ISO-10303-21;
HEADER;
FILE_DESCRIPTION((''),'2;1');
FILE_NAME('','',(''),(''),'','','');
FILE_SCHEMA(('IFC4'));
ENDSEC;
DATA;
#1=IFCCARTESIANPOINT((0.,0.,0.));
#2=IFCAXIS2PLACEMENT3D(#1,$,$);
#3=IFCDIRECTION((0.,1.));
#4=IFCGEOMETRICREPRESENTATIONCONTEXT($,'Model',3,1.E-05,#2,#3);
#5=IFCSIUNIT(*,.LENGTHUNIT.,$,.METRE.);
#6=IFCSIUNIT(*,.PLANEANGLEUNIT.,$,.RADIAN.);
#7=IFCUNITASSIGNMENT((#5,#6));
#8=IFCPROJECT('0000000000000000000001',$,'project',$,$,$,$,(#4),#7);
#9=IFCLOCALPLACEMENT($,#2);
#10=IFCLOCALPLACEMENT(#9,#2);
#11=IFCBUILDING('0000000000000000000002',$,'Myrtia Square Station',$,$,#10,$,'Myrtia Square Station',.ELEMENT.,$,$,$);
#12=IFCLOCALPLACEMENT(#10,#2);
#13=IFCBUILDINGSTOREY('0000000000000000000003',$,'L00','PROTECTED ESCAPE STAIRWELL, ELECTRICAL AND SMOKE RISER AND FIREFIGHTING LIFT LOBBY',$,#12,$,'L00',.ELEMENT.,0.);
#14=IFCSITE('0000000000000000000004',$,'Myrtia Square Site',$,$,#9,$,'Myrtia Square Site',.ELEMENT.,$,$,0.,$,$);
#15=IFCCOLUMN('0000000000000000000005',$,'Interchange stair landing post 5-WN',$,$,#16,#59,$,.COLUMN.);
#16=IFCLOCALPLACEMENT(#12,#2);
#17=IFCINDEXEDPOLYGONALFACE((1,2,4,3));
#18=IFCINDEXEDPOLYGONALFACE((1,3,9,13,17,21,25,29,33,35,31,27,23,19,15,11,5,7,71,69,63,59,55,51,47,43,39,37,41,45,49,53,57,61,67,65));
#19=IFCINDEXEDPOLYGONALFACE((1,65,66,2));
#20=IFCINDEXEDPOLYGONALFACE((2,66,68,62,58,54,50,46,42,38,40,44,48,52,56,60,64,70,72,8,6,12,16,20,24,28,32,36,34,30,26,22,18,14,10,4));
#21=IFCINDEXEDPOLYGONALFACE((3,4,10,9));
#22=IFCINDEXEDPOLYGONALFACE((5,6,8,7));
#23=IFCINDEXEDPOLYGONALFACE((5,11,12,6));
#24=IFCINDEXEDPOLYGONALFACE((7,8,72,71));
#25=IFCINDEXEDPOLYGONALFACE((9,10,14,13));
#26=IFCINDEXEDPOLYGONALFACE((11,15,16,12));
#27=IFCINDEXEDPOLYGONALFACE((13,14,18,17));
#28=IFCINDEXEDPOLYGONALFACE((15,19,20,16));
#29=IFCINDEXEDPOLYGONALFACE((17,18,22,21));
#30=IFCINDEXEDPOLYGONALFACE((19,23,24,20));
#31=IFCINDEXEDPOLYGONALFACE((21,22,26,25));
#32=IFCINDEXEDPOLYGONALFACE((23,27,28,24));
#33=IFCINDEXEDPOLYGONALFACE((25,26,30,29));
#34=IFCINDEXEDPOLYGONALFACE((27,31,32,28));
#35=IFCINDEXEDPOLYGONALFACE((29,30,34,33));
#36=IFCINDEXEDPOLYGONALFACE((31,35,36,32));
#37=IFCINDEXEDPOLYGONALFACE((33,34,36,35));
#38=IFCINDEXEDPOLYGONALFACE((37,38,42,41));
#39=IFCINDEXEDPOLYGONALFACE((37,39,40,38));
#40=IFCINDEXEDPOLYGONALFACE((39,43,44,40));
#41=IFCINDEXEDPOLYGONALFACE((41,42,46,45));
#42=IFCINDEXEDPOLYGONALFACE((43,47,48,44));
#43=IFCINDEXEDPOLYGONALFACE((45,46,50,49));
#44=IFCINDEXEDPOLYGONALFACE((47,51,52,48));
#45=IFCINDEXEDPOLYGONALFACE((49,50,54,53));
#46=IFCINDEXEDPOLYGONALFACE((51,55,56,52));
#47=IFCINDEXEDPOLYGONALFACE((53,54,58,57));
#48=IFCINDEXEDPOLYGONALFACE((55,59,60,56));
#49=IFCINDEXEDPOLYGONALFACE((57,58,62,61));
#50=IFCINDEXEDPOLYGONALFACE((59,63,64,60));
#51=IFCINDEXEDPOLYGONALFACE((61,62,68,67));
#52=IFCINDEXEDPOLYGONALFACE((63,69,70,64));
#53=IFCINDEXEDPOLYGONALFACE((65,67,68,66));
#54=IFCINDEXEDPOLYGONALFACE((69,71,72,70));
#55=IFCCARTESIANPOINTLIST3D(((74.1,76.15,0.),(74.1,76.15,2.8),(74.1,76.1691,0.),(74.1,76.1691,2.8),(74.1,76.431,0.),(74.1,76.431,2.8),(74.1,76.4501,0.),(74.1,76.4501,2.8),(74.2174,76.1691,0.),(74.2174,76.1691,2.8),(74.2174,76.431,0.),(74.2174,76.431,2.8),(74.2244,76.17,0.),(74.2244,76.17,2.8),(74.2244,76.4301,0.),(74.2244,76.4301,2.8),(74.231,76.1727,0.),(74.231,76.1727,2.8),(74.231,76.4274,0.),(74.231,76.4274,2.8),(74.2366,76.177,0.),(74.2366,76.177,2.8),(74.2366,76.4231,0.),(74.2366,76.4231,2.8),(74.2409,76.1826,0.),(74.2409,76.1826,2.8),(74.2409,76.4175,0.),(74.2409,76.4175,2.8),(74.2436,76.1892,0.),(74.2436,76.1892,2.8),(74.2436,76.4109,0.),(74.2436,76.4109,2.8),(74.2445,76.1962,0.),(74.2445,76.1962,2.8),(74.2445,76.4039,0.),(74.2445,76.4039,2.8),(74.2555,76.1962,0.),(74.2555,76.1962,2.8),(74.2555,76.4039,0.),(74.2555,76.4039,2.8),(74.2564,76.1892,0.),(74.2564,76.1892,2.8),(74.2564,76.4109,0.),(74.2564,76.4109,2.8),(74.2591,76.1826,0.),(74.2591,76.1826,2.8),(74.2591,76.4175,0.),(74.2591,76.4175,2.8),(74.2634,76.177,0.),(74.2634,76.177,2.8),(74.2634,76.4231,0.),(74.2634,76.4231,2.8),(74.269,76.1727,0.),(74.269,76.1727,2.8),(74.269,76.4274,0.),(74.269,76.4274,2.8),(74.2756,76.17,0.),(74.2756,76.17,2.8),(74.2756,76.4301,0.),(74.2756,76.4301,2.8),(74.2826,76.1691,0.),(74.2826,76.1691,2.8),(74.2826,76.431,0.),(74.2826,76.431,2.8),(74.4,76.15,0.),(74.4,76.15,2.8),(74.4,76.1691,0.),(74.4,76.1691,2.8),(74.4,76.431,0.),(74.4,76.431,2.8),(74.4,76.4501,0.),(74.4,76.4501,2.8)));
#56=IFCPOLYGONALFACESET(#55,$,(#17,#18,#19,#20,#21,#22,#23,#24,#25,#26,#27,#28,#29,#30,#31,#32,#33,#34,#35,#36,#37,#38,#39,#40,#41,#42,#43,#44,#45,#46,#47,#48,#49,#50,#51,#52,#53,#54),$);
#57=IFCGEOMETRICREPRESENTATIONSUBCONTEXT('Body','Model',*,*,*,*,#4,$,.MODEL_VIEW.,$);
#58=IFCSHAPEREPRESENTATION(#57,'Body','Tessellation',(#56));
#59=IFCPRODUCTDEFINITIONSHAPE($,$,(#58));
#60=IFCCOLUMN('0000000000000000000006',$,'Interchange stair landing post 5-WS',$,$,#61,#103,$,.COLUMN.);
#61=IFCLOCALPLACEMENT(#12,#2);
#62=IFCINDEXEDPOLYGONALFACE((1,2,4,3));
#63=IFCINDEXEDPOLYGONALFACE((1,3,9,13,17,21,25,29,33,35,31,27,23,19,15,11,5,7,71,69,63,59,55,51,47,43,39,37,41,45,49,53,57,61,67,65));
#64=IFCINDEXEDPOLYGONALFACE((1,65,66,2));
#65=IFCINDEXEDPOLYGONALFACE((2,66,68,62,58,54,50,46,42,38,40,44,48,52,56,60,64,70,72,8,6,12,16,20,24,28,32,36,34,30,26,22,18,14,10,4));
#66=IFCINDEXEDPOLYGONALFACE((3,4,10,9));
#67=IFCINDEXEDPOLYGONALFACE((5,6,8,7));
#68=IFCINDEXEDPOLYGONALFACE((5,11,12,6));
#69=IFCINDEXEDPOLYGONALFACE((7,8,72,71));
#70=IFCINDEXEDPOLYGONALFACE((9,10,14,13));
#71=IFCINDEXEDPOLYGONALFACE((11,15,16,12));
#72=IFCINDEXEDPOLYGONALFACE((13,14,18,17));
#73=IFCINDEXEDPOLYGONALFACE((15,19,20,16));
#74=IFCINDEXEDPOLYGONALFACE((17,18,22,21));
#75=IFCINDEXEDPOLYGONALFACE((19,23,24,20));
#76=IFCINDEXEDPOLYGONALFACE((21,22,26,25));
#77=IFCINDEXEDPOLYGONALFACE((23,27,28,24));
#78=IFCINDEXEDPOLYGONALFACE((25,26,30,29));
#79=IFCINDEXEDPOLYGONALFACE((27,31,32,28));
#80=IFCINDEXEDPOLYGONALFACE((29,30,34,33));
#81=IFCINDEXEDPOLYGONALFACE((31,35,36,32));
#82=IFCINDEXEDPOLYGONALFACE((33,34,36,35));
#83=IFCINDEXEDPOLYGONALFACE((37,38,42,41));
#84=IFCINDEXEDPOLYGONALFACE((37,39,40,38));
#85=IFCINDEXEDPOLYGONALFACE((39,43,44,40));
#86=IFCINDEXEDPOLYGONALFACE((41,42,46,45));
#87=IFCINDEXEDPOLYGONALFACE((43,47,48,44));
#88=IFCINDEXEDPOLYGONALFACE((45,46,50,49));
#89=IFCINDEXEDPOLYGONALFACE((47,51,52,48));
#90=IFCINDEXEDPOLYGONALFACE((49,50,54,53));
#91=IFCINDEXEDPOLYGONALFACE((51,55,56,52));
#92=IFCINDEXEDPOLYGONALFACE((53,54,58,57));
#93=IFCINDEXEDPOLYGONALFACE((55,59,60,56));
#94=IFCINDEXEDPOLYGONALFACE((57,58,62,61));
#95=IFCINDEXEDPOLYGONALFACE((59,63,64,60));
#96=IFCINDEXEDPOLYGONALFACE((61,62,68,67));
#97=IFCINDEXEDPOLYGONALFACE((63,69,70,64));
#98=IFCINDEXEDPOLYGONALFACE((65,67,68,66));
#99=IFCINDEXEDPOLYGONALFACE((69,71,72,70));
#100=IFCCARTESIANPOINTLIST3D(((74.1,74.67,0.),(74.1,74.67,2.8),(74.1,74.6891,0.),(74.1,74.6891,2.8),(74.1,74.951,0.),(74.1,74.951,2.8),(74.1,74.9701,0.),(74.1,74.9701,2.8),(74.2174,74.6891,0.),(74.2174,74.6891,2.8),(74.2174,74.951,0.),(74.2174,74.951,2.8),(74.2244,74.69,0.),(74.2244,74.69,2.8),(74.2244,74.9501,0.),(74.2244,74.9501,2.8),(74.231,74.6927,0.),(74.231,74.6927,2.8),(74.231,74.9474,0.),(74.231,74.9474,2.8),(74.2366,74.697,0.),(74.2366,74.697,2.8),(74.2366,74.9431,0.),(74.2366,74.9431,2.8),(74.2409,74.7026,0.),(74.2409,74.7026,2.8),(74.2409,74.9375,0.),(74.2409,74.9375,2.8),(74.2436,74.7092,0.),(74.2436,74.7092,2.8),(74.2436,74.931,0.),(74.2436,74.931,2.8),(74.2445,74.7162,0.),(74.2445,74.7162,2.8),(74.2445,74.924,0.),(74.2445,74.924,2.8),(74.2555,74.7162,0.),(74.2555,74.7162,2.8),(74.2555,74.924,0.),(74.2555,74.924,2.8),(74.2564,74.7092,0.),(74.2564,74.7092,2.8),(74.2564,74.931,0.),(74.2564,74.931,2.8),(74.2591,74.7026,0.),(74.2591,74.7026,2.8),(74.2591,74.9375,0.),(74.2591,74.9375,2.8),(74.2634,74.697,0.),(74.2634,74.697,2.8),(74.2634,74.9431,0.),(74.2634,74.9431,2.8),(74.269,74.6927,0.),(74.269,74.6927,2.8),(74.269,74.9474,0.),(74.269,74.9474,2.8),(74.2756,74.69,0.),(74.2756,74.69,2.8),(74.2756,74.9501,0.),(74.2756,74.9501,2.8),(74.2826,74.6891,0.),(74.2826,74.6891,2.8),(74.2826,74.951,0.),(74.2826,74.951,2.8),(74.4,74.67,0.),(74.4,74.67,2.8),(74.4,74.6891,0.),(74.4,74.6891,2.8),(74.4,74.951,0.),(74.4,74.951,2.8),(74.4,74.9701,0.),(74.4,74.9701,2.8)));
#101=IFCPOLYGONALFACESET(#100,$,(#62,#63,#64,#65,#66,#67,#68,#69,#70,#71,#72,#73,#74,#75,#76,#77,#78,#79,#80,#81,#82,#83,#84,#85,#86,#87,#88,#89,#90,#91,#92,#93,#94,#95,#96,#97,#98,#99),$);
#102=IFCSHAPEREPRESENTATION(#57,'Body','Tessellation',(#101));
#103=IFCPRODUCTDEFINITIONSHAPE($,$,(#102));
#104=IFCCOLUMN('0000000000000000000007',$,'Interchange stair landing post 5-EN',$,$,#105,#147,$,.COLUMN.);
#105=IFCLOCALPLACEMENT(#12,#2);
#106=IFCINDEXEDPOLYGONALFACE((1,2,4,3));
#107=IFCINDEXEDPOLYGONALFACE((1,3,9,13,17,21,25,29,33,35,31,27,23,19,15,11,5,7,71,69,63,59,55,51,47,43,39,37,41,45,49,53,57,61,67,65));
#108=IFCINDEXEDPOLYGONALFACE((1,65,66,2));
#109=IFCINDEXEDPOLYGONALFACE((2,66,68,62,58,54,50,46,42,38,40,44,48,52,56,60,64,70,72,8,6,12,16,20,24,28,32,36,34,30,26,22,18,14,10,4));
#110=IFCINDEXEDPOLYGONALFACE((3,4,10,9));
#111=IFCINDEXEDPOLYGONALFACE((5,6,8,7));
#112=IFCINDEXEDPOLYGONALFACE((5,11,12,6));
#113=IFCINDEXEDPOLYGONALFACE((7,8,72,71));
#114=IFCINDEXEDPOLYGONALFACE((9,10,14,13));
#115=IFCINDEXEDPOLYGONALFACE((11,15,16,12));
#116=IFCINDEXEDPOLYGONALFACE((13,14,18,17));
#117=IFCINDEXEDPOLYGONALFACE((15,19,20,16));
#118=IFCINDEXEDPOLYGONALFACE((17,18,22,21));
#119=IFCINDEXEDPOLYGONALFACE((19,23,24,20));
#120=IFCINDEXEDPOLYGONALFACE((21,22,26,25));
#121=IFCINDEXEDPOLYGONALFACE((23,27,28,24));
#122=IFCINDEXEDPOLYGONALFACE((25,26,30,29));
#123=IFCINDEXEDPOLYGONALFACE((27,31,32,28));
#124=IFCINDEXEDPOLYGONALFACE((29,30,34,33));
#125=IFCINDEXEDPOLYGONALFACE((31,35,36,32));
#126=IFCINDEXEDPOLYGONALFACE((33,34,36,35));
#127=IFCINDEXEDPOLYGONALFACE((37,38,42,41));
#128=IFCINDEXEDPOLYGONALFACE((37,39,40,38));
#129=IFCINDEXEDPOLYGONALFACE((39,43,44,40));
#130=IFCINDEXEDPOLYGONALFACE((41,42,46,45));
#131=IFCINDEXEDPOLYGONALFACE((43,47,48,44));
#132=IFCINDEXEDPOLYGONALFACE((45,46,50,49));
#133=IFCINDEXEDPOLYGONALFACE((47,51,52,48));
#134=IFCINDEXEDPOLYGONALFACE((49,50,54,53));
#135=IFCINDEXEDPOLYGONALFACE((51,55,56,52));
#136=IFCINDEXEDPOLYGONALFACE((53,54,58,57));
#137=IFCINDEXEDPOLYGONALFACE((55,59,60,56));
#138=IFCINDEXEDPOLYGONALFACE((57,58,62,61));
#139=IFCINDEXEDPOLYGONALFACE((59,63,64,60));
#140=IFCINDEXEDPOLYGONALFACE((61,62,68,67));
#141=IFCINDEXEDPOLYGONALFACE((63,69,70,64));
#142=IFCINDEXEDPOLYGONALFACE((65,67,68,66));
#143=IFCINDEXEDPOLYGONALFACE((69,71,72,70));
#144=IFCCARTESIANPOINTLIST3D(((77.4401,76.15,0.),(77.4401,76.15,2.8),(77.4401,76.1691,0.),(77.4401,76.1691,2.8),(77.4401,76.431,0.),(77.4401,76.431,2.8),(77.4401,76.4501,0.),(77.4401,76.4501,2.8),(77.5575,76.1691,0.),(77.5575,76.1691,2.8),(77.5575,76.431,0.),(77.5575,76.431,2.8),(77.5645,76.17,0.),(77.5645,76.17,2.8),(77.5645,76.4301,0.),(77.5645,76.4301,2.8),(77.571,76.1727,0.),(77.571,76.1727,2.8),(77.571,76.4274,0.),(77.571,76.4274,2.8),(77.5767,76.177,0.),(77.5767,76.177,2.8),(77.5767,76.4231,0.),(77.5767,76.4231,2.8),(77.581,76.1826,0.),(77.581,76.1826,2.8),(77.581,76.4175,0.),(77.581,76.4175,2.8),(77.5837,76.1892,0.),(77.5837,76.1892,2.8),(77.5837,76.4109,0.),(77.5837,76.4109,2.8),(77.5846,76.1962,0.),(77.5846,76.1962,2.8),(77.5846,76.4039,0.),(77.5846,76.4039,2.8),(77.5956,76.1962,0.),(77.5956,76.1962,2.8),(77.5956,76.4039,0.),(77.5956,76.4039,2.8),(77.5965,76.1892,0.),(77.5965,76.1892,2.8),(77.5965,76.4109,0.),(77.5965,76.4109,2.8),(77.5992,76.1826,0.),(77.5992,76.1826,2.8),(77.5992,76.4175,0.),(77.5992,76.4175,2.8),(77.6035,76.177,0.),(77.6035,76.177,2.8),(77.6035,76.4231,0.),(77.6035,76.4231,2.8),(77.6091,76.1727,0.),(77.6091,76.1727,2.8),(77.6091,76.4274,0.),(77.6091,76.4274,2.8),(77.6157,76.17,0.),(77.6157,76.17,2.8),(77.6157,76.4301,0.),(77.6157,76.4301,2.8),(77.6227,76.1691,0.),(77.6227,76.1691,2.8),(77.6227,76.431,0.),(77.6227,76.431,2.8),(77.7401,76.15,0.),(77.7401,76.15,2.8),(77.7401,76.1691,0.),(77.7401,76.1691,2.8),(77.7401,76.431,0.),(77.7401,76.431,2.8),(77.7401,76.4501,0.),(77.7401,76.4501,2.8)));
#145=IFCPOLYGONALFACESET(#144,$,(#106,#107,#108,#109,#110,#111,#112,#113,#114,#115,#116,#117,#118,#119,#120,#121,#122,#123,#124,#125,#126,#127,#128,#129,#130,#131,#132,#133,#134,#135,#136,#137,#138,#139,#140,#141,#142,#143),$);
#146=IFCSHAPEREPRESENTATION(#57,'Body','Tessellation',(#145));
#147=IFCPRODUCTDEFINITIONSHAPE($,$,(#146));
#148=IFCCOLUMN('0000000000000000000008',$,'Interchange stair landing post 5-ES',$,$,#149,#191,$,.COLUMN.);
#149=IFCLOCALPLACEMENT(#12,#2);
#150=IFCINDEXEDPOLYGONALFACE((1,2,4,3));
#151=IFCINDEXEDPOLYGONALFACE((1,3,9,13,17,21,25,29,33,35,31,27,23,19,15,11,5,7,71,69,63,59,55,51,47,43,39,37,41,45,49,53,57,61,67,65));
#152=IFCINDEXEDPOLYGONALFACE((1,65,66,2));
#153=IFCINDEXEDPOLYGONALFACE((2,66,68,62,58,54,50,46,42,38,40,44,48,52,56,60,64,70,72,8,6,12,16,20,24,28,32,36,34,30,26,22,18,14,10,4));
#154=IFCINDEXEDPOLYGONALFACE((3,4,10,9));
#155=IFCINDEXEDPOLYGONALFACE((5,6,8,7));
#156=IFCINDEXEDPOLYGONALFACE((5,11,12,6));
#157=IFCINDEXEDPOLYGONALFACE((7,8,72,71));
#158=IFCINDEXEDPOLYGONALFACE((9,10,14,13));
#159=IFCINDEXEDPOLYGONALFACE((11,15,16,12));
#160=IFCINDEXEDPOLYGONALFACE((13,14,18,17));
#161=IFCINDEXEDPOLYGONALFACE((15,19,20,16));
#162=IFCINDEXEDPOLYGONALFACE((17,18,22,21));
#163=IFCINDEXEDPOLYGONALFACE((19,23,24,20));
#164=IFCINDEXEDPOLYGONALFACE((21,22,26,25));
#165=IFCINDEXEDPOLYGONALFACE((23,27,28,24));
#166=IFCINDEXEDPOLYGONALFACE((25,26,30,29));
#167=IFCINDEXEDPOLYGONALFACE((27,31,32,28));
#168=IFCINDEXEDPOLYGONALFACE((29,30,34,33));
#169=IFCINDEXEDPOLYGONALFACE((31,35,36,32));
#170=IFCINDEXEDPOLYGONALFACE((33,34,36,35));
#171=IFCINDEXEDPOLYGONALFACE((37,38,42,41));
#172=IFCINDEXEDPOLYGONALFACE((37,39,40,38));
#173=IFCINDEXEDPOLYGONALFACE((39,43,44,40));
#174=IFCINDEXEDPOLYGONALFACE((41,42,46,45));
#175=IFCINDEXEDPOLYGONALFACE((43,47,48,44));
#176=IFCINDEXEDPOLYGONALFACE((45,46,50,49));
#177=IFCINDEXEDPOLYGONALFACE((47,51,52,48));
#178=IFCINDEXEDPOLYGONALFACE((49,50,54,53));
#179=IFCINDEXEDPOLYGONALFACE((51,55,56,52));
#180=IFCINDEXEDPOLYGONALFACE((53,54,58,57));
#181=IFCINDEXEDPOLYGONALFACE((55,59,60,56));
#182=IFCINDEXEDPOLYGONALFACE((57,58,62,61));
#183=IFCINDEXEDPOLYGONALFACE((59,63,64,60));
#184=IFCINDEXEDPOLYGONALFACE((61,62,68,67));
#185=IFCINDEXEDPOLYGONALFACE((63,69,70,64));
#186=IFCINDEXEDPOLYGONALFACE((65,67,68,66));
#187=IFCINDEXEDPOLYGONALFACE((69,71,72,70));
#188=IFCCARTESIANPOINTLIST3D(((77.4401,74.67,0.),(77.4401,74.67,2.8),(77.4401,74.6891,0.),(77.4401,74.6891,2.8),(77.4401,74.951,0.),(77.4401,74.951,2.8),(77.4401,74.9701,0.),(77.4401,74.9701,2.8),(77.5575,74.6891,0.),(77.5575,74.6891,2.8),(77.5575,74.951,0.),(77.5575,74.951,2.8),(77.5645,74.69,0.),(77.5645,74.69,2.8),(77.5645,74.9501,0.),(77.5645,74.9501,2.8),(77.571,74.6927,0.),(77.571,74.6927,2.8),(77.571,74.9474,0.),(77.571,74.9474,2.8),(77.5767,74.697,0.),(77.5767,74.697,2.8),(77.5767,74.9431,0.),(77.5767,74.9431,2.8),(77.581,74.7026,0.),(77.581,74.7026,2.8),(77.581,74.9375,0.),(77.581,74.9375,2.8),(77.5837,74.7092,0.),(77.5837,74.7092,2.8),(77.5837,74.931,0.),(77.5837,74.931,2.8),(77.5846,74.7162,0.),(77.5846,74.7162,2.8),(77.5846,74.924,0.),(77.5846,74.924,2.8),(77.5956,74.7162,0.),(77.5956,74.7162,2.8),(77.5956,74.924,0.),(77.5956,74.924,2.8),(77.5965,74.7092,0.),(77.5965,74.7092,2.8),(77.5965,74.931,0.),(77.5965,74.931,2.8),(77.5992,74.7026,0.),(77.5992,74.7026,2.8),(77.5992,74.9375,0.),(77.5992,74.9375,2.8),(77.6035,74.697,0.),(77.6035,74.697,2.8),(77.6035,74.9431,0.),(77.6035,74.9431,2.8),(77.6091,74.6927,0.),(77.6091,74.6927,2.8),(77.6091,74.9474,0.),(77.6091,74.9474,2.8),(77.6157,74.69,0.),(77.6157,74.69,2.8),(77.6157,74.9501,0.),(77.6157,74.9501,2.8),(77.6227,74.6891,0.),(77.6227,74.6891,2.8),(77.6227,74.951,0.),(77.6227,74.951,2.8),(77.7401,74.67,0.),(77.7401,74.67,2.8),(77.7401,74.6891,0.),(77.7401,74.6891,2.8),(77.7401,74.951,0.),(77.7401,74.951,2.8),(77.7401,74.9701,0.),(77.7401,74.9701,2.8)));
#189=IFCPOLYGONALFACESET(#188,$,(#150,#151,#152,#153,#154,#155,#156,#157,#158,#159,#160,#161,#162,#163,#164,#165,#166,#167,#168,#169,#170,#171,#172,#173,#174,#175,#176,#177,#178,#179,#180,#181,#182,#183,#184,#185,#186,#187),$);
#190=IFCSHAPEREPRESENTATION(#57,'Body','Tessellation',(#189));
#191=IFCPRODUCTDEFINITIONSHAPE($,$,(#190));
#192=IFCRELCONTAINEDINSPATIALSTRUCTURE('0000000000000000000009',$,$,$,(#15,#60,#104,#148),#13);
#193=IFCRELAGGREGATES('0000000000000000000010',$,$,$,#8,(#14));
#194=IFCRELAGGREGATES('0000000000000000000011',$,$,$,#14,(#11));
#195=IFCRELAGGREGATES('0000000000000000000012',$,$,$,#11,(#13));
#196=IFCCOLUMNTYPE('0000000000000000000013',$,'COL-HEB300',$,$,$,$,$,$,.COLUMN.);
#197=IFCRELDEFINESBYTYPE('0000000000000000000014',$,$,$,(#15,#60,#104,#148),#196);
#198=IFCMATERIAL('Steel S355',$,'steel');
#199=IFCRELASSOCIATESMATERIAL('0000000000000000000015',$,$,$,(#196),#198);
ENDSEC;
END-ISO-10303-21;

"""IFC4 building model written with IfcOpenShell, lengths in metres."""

from ifc_helpers import new_model, si_unit, direction, frame, origin, origin_2d, place, context, subcontext, project, spatial, i_section, extrude, material, material_profile, profile_set, type_object, element, save


model = new_model("IFC4")

# Units and contexts
model_context = context("Model", 3, precision=1e-05, world=origin(), true_north=direction((0.0, 1.0)))
body_context = subcontext(model_context, "Body", "Model", "MODEL_VIEW")
ifc_project = project(units=[si_unit("LENGTHUNIT", "METRE"), si_unit("PLANEANGLEUNIT", "RADIAN")], contexts=[model_context])

# Site, building, storey
site_placement = place(None, origin())
site = spatial("IfcSite", under=ifc_project, at=site_placement, Name="Myrtia Square Site", LongName="Myrtia Square Site", CompositionType="ELEMENT", RefElevation=0.0)
building_placement = place(site_placement, origin())
building = spatial("IfcBuilding", under=site, at=building_placement, Name="Myrtia Square Station", LongName="Myrtia Square Station", CompositionType="ELEMENT")
storey_placement = place(building_placement, origin())
storey = spatial("IfcBuildingStorey", under=building, at=storey_placement, Name="L00", Description="PROTECTED ESCAPE STAIRWELL, ELECTRICAL AND SMOKE RISER AND FIREFIGHTING LIFT LOBBY", LongName="L00", CompositionType="ELEMENT", Elevation=0.0)

# Columns
ifc_material_1 = material(Name="Steel S355", Category="steel")
ifc_material_profile_1 = material_profile(ifc_material_1, i_section(OverallWidth=0.3, OverallDepth=0.3, WebThickness=0.011, FlangeThickness=0.019, FilletRadius=0.0271, at=origin_2d()), Name="HEB 300")
ifc_profile_set_1 = profile_set([ifc_material_profile_1], Name="Steel S355")
column_type_1 = type_object("IfcColumnType", Name="COL-HEB300", PredefinedType="COLUMN", material=ifc_profile_set_1)
for number, where, z_axis, x_axis, name in (
    (1, (74.25, 76.3, 0.0), (0.0, 0.0, 1.0), (1.0, 0.0, 0.0), "Interchange stair landing post 5-WN"),
    (2, (74.25, 74.8201, 0.0), (0.0, 0.0, 1.0), (1.0, 0.0, 0.0), "Interchange stair landing post 5-WS"),
    (3, (77.5901, 76.3, 0.0), (0.0, 0.0, 1.0), (1.0, 0.0, 0.0), "Interchange stair landing post 5-EN"),
    (4, (77.5901, 74.8201, 0.0), (0.0, 0.0, 1.0), (1.0, 0.0, 0.0), "Interchange stair landing post 5-ES"),
):
    element("IfcColumn", number, at=place(storey_placement, frame(where, z_axis=z_axis, x_axis=x_axis)), inside=storey, type_object=column_type_1, Name=name, PredefinedType="COLUMN", context=body_context, shape_type="SweptSolid", body=[
        extrude(i_section(OverallWidth=0.3, OverallDepth=0.3, WebThickness=0.011, FlangeThickness=0.019, FilletRadius=0.0271, at=origin_2d()), origin(), (0.0, 0.0, 1.0), 2.8),
    ])

save(model, "model.ifc")
